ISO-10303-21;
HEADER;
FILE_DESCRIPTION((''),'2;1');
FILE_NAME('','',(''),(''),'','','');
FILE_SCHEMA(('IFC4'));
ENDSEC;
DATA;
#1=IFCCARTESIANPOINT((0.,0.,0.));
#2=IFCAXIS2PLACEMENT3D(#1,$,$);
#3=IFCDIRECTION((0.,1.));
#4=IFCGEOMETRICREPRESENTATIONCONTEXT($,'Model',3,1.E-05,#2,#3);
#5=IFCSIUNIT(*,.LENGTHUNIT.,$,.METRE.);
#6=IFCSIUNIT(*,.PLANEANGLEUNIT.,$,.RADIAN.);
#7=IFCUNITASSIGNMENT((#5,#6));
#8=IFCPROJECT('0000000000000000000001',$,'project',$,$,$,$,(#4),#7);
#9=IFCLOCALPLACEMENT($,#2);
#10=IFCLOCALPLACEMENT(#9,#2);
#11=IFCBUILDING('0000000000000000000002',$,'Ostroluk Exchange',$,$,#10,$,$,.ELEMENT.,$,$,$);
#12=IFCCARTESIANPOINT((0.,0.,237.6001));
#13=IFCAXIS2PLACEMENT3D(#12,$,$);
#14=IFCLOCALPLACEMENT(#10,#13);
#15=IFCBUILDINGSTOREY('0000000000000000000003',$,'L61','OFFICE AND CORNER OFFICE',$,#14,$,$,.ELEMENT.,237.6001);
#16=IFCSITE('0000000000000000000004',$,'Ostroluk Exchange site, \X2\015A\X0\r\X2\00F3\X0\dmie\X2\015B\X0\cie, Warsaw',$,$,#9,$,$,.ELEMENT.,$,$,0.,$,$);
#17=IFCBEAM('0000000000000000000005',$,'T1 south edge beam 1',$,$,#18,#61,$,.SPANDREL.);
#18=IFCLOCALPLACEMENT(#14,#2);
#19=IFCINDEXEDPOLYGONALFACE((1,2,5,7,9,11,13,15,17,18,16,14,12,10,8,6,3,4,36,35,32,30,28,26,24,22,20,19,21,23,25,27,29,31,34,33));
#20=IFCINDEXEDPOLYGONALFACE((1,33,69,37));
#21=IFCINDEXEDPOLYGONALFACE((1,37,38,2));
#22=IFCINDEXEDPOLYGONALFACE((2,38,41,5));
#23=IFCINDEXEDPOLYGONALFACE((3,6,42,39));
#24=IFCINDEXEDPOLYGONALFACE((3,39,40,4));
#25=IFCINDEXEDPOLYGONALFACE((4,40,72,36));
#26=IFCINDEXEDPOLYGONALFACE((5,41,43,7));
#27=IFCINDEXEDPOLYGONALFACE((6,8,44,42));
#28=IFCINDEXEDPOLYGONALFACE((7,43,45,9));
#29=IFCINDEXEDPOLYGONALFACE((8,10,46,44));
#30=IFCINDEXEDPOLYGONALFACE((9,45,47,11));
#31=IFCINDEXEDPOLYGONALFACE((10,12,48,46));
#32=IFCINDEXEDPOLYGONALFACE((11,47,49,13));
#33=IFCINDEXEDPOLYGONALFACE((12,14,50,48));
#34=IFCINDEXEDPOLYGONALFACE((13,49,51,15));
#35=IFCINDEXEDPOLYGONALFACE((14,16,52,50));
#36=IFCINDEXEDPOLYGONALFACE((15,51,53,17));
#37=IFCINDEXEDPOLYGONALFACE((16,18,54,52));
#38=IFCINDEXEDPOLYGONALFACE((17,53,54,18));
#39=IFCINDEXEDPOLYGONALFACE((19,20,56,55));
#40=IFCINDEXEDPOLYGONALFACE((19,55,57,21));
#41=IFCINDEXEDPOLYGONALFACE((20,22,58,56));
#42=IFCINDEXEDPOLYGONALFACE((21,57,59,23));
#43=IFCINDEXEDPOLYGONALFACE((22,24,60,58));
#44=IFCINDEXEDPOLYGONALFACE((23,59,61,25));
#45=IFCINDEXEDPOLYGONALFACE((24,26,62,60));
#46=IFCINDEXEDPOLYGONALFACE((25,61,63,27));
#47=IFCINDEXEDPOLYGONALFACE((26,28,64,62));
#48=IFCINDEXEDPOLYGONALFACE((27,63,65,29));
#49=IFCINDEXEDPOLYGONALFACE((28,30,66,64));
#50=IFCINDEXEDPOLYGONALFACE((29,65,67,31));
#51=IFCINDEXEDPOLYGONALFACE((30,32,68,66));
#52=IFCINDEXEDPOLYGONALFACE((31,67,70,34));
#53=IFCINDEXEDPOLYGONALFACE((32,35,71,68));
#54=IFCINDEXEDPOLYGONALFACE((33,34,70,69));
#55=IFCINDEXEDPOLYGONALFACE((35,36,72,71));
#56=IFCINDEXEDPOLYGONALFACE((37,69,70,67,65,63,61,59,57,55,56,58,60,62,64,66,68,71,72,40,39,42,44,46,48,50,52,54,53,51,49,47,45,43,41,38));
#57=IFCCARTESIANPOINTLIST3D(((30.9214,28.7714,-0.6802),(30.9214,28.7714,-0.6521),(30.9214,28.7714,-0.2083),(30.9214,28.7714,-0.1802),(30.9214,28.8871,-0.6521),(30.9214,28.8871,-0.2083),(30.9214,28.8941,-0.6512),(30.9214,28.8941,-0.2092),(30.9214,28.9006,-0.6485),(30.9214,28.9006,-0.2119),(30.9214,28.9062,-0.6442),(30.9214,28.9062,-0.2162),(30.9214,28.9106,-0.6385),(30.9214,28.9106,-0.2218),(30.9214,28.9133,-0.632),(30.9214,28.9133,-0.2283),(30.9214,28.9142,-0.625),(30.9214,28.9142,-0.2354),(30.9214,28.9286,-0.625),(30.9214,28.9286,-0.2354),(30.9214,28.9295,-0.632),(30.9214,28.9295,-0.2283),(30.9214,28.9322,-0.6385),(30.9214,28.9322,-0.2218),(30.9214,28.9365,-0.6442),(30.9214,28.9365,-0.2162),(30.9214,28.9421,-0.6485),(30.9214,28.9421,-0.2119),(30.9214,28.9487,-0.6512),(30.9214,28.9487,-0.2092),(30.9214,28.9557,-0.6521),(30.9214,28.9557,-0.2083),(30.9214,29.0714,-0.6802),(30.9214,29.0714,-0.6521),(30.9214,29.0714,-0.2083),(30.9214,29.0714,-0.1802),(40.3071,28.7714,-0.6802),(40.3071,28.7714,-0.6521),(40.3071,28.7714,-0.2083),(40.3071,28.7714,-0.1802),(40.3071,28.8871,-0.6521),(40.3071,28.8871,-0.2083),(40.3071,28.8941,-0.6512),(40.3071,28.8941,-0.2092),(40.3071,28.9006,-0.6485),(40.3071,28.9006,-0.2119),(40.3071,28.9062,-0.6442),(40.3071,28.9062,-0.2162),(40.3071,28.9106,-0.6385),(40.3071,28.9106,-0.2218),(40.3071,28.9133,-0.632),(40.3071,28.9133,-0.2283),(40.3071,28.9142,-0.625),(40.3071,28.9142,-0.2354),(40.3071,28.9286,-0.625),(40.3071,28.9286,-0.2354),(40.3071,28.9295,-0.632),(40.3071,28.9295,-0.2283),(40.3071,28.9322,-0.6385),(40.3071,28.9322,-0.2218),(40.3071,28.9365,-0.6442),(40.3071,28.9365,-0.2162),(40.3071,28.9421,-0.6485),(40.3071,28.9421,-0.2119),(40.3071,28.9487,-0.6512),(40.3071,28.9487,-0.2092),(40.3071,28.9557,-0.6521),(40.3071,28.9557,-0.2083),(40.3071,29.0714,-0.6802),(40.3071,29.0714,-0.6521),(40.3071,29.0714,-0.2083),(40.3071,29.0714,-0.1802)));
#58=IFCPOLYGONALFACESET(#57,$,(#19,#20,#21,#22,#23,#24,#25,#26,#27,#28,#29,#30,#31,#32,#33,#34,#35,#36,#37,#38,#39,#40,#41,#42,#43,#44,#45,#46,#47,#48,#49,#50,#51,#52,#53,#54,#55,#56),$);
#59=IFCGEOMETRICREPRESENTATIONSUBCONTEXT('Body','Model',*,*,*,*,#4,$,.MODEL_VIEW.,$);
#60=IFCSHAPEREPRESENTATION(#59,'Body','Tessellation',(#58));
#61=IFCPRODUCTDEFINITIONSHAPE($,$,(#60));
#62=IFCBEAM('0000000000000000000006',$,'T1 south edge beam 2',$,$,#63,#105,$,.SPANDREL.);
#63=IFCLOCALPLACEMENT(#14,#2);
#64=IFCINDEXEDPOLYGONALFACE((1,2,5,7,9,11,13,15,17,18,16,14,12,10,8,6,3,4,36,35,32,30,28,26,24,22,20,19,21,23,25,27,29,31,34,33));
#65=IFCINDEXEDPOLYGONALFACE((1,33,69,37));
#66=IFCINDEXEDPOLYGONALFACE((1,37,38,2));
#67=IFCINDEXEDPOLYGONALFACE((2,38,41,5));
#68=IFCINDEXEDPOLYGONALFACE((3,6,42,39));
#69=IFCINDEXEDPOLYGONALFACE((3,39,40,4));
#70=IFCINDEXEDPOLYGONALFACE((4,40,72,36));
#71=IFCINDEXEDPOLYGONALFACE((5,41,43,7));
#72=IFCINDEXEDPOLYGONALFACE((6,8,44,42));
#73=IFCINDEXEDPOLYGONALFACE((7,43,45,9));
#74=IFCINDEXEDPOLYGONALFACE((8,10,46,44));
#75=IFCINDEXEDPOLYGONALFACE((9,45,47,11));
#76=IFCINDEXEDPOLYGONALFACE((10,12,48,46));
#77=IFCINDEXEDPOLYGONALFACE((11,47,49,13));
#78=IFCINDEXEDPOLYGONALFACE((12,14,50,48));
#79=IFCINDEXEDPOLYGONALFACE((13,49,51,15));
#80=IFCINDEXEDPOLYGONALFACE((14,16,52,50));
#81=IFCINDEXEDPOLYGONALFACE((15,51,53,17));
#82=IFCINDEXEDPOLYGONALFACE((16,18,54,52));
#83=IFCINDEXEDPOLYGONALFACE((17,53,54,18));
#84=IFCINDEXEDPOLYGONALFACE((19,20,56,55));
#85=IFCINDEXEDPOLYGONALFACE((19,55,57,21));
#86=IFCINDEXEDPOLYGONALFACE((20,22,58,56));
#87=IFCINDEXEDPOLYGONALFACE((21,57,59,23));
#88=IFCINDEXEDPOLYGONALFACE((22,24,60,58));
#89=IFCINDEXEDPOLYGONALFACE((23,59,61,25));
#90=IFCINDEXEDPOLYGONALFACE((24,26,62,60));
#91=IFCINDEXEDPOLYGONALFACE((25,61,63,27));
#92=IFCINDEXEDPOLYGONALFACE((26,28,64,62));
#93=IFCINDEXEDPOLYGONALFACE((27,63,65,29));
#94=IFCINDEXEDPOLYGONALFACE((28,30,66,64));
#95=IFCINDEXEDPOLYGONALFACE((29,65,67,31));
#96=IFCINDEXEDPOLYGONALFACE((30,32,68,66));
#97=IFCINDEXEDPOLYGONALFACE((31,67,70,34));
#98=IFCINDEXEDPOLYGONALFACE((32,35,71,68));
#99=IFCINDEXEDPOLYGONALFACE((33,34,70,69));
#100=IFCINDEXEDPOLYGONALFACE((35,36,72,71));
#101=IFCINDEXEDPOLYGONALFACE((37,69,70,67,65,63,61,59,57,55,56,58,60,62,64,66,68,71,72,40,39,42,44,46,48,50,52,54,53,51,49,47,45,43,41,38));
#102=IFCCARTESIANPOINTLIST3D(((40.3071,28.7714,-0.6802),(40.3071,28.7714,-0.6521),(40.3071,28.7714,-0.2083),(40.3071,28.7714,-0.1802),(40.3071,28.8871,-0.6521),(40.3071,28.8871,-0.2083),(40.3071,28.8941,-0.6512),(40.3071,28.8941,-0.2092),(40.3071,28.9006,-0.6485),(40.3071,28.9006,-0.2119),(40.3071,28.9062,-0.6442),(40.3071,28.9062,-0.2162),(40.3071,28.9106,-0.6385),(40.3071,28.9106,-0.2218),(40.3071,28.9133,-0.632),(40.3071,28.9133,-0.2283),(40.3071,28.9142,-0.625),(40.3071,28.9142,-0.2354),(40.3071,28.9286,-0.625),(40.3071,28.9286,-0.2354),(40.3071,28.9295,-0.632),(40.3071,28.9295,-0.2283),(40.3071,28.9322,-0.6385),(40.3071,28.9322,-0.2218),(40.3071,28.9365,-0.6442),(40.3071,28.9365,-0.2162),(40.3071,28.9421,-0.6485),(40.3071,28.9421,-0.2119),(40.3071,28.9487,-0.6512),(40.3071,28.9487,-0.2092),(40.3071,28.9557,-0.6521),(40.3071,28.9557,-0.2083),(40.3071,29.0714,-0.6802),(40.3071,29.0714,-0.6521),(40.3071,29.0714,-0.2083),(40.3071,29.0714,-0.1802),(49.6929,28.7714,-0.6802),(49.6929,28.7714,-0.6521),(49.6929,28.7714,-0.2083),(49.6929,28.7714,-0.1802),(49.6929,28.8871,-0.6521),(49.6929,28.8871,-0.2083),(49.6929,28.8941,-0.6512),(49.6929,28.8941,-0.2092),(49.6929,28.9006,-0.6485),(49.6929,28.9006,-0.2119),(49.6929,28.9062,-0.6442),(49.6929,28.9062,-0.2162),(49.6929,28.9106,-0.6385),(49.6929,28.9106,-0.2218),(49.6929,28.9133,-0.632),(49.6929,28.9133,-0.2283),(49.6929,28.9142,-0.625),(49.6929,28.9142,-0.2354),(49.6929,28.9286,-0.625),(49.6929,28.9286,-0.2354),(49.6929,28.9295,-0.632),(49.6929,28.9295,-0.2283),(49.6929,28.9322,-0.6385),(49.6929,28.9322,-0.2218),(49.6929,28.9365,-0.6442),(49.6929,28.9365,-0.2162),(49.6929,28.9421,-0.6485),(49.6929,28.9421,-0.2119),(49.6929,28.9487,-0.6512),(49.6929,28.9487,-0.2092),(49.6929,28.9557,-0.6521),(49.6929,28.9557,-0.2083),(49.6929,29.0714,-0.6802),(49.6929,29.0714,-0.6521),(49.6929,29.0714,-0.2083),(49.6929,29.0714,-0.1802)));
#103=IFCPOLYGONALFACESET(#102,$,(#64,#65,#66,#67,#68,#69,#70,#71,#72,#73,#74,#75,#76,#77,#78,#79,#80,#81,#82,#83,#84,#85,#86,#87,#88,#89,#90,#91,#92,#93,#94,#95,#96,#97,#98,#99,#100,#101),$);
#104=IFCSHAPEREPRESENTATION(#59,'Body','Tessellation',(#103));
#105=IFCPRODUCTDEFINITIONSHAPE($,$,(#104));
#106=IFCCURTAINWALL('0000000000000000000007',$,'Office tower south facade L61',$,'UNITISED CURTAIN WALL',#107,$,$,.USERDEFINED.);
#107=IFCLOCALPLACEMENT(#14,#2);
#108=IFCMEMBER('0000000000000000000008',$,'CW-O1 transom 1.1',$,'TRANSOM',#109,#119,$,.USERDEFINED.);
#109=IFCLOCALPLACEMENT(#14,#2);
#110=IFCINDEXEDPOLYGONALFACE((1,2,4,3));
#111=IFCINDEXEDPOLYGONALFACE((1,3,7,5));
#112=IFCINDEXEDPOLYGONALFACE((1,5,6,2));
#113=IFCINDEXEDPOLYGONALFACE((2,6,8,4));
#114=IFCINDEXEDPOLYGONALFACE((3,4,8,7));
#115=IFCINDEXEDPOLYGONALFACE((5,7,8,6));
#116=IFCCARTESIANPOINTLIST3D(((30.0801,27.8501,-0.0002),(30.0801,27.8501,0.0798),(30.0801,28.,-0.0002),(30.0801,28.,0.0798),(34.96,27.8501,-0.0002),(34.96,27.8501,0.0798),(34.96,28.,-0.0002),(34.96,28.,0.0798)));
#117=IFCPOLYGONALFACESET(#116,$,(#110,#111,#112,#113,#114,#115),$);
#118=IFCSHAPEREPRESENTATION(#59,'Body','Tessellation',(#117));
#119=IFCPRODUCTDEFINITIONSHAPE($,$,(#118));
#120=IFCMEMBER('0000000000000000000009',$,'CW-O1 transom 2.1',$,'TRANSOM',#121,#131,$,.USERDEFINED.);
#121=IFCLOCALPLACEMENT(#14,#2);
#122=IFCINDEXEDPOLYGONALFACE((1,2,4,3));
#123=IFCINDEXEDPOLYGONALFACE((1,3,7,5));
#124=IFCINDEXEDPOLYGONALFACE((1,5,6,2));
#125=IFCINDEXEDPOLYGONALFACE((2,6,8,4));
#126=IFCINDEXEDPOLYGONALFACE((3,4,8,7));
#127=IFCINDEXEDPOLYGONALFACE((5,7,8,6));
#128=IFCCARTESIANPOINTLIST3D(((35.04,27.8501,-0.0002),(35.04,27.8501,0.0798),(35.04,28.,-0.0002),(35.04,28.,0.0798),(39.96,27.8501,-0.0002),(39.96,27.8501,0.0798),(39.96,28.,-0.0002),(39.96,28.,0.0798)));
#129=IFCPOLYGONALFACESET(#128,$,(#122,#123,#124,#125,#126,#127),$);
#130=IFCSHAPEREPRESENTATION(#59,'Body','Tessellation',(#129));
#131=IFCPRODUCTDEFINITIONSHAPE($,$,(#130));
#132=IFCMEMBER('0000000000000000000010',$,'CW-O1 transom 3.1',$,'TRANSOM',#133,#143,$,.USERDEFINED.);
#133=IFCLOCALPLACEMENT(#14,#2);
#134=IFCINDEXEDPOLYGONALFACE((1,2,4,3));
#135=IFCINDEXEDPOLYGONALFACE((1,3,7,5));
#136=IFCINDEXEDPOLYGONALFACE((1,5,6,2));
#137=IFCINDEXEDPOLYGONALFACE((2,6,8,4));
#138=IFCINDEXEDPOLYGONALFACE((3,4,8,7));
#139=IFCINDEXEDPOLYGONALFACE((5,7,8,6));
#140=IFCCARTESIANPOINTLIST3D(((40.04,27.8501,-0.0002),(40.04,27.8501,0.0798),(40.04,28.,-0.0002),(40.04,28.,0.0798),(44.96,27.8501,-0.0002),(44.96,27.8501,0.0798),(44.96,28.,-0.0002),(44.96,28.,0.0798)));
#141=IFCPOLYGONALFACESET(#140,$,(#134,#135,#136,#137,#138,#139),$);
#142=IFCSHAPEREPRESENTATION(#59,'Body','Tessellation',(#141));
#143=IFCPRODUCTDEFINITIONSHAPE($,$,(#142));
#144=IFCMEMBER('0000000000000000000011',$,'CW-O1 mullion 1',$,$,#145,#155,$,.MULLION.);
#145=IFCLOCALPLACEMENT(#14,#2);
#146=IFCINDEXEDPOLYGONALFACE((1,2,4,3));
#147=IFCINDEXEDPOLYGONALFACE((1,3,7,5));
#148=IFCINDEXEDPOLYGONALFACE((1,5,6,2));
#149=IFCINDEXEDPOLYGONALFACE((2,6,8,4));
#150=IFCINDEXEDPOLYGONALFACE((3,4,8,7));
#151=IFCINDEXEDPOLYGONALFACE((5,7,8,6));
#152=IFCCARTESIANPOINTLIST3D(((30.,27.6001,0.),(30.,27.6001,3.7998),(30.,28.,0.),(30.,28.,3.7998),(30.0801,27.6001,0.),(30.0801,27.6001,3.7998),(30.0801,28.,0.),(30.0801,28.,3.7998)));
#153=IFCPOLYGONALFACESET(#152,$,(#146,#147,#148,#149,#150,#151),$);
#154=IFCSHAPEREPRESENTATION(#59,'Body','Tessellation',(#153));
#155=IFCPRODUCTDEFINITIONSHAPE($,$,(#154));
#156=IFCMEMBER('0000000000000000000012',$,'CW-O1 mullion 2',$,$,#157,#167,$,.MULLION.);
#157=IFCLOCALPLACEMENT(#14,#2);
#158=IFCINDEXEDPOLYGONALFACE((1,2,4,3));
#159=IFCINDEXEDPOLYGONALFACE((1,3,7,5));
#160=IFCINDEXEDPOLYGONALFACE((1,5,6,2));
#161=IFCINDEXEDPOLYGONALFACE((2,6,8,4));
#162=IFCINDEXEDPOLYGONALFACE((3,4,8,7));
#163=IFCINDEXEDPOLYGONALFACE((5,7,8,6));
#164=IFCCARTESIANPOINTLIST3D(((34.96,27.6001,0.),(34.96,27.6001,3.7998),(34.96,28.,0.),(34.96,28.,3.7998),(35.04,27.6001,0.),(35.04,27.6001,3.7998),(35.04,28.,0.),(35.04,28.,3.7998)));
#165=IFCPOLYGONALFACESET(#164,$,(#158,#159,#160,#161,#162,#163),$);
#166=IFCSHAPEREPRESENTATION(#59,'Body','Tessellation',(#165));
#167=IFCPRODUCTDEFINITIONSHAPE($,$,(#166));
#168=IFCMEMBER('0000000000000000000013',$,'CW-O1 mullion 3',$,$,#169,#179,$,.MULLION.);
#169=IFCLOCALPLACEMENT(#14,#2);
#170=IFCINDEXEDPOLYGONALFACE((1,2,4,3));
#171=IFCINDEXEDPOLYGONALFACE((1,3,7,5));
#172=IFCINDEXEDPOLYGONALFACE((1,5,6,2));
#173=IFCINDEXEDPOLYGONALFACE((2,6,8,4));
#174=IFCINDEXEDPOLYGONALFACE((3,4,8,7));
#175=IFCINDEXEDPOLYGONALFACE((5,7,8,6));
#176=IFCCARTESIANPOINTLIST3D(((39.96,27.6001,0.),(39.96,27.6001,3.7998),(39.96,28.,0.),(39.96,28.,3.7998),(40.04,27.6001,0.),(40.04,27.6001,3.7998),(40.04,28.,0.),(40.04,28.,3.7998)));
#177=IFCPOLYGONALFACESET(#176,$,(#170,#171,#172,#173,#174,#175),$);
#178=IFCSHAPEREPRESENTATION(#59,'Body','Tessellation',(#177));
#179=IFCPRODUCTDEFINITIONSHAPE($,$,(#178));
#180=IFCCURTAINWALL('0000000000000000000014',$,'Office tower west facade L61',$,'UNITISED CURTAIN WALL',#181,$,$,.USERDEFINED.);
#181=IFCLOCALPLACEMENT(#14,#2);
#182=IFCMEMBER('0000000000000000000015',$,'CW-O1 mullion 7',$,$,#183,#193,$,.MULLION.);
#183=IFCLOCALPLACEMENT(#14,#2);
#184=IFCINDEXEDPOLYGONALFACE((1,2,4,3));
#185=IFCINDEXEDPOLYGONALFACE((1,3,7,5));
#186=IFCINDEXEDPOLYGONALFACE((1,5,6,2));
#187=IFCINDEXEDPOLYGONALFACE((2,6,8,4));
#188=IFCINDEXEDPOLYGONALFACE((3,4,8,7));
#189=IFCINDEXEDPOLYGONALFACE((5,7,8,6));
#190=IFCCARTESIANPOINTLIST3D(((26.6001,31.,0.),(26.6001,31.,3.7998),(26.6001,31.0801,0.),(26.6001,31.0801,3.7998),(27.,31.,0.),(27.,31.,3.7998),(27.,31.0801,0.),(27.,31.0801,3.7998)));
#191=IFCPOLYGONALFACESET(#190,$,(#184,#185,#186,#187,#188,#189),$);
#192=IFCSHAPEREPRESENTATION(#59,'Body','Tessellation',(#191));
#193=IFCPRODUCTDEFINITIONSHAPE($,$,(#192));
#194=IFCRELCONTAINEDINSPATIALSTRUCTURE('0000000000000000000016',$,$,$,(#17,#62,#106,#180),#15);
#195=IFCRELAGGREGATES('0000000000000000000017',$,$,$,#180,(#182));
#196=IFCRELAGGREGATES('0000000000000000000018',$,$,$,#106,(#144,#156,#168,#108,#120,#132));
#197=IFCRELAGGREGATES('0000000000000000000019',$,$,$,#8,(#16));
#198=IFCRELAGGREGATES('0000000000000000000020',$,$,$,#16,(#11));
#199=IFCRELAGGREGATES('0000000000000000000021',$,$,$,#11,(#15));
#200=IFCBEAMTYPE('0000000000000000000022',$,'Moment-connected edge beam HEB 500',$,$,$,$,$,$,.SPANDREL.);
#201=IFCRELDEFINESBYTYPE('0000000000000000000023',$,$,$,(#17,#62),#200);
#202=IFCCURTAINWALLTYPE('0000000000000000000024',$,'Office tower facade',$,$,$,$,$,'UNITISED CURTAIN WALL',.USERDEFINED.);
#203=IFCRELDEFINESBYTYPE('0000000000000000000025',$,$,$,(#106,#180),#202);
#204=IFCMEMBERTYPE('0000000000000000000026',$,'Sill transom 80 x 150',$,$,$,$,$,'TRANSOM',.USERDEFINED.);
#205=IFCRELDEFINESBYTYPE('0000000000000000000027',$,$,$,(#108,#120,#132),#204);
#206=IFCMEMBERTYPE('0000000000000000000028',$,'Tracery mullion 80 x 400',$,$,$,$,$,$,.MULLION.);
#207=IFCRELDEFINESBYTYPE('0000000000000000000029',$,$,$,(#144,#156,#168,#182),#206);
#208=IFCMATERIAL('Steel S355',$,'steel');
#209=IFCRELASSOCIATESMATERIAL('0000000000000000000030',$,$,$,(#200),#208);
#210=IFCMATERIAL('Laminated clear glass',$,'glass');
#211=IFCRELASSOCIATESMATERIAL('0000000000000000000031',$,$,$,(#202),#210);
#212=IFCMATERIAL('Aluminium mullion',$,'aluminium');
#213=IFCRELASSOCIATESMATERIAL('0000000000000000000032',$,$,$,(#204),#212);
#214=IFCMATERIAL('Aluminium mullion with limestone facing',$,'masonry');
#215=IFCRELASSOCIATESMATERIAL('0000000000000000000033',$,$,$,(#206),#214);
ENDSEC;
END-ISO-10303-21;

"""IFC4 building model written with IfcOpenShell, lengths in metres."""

from ifc_helpers import new_model, si_unit, direction, frame, origin, origin_2d, place, context, subcontext, project, spatial, rectangle, i_section, extrude, material, material_profile, profile_set, type_object, element, aggregate, save


model = new_model("IFC4")

# Units and contexts
model_context = context("Model", 3, precision=1e-05, world=origin(), true_north=direction((0.0, 1.0)))
body_context = subcontext(model_context, "Body", "Model", "MODEL_VIEW")
ifc_project = project(units=[si_unit("LENGTHUNIT", "METRE"), si_unit("PLANEANGLEUNIT", "RADIAN")], contexts=[model_context])

# Site, building, storey
site_placement = place(None, origin())
site = spatial("IfcSite", under=ifc_project, at=site_placement, Name="Ostroluk Exchange site, Śródmieście, Warsaw", CompositionType="ELEMENT", RefElevation=0.0)
building_placement = place(site_placement, origin())
building = spatial("IfcBuilding", under=site, at=building_placement, Name="Ostroluk Exchange", CompositionType="ELEMENT")
storey_placement = place(building_placement, frame((0.0, 0.0, 237.6001)))
storey = spatial("IfcBuildingStorey", under=building, at=storey_placement, Name="L61", Description="OFFICE AND CORNER OFFICE", CompositionType="ELEMENT", Elevation=237.6001)

# Beams
ifc_material_1 = material(Name="Steel S355", Category="steel")
ifc_material_profile_1 = material_profile(ifc_material_1, i_section(OverallWidth=0.3, OverallDepth=0.5, WebThickness=0.0144, FlangeThickness=0.0281, FilletRadius=0.0271, at=origin_2d()), Name="HEB 500")
ifc_profile_set_1 = profile_set([ifc_material_profile_1], Name="Steel S355")
beam_type_1 = type_object("IfcBeamType", Name="Moment-connected edge beam HEB 500", PredefinedType="SPANDREL", material=ifc_profile_set_1)
for number, where, z_axis, x_axis, name in (
    (1, (30.9214, 28.9214, -0.4302), (1.0, 0.0, 0.0), (0.0, 1.0, 0.0), "T1 south edge beam 1"),
    (2, (40.3071, 28.9214, -0.4302), (1.0, 0.0, 0.0), (0.0, 1.0, 0.0), "T1 south edge beam 2"),
):
    element("IfcBeam", number, at=place(storey_placement, frame(where, z_axis=z_axis, x_axis=x_axis)), inside=storey, type_object=beam_type_1, Name=name, PredefinedType="SPANDREL", context=body_context, shape_type="SweptSolid", body=[
        extrude(i_section(OverallWidth=0.3, OverallDepth=0.5, WebThickness=0.0144, FlangeThickness=0.0281, FilletRadius=0.0271, at=origin_2d()), origin(), (0.0, 0.0, 1.0), 9.3857),
    ])

# Curtain wall, members
ifc_material_2 = material(Name="Laminated clear glass", Category="glass")
curtain_wall_type = type_object("IfcCurtainWallType", Name="Office tower facade", ElementType="UNITISED CURTAIN WALL", PredefinedType="USERDEFINED", material=ifc_material_2)
curtain_wall_1_placement = place(storey_placement, origin())
curtain_wall_1 = element("IfcCurtainWall", 3, at=curtain_wall_1_placement, inside=storey, type_object=curtain_wall_type, Name="Office tower south facade L61", ObjectType="UNITISED CURTAIN WALL", PredefinedType="USERDEFINED")
ifc_material_3 = material(Name="Aluminium mullion", Category="aluminium")
ifc_material_profile_2 = material_profile(ifc_material_3, rectangle(XDim=0.1499, YDim=0.0801, at=origin_2d()), Name="Sill transom 80 x 150")
ifc_profile_set_2 = profile_set([ifc_material_profile_2], Name="Aluminium mullion")
member_type_1 = type_object("IfcMemberType", Name="Sill transom 80 x 150", ElementType="TRANSOM", PredefinedType="USERDEFINED", material=ifc_profile_set_2)
member_1_placement = place(storey_placement, frame((30.0801, 27.925, 0.0398), z_axis=(1.0, 0.0, 0.0), x_axis=(0.0, 1.0, 0.0)))
member_1 = element("IfcMember", 4, at=member_1_placement, type_object=member_type_1, Name="CW-O1 transom 1.1", ObjectType="TRANSOM", PredefinedType="USERDEFINED", context=body_context, shape_type="SweptSolid", body=[
    extrude(rectangle(XDim=0.1499, YDim=0.0801, at=origin_2d()), origin(), (0.0, 0.0, 1.0), 4.8799),
])
member_2_placement = place(storey_placement, frame((35.04, 27.925, 0.0398), z_axis=(1.0, 0.0, 0.0), x_axis=(0.0, 1.0, 0.0)))
member_2 = element("IfcMember", 5, at=member_2_placement, type_object=member_type_1, Name="CW-O1 transom 2.1", ObjectType="TRANSOM", PredefinedType="USERDEFINED", context=body_context, shape_type="SweptSolid", body=[
    extrude(rectangle(XDim=0.1499, YDim=0.0801, at=origin_2d()), origin(), (0.0, 0.0, 1.0), 4.9199),
])
member_3_placement = place(storey_placement, frame((40.04, 27.925, 0.0398), z_axis=(1.0, 0.0, 0.0), x_axis=(0.0, 1.0, 0.0)))
member_3 = element("IfcMember", 6, at=member_3_placement, type_object=member_type_1, Name="CW-O1 transom 3.1", ObjectType="TRANSOM", PredefinedType="USERDEFINED", context=body_context, shape_type="SweptSolid", body=[
    extrude(rectangle(XDim=0.1499, YDim=0.0801, at=origin_2d()), origin(), (0.0, 0.0, 1.0), 4.9199),
])
ifc_material_4 = material(Name="Aluminium mullion with limestone facing", Category="masonry")
ifc_material_profile_3 = material_profile(ifc_material_4, rectangle(XDim=0.3999, YDim=0.0801, at=origin_2d()), Name="Tracery mullion 80 x 400")
ifc_profile_set_3 = profile_set([ifc_material_profile_3], Name="Aluminium mullion with limestone facing")
member_type_2 = type_object("IfcMemberType", Name="Tracery mullion 80 x 400", PredefinedType="MULLION", material=ifc_profile_set_3)
member_4_placement = place(storey_placement, frame((30.04, 27.8, 0.0), z_axis=(0.0, 0.0, 1.0), x_axis=(0.0, 1.0, 0.0)))
member_4 = element("IfcMember", 7, at=member_4_placement, type_object=member_type_2, Name="CW-O1 mullion 1", PredefinedType="MULLION", context=body_context, shape_type="SweptSolid", body=[
    extrude(rectangle(XDim=0.3999, YDim=0.0801, at=origin_2d()), origin(), (0.0, 0.0, 1.0), 3.7998),
])
member_5_placement = place(storey_placement, frame((35.0, 27.8, 0.0), z_axis=(0.0, 0.0, 1.0), x_axis=(0.0, 1.0, 0.0)))
member_5 = element("IfcMember", 8, at=member_5_placement, type_object=member_type_2, Name="CW-O1 mullion 2", PredefinedType="MULLION", context=body_context, shape_type="SweptSolid", body=[
    extrude(rectangle(XDim=0.3999, YDim=0.0801, at=origin_2d()), origin(), (0.0, 0.0, 1.0), 3.7998),
])
member_6_placement = place(storey_placement, frame((40.0, 27.8, 0.0), z_axis=(0.0, 0.0, 1.0), x_axis=(0.0, 1.0, 0.0)))
member_6 = element("IfcMember", 9, at=member_6_placement, type_object=member_type_2, Name="CW-O1 mullion 3", PredefinedType="MULLION", context=body_context, shape_type="SweptSolid", body=[
    extrude(rectangle(XDim=0.3999, YDim=0.0801, at=origin_2d()), origin(), (0.0, 0.0, 1.0), 3.7998),
])

# Curtain wall, member
curtain_wall_2_placement = place(storey_placement, origin())
curtain_wall_2 = element("IfcCurtainWall", 10, at=curtain_wall_2_placement, inside=storey, type_object=curtain_wall_type, Name="Office tower west facade L61", ObjectType="UNITISED CURTAIN WALL", PredefinedType="USERDEFINED")
member_7_placement = place(storey_placement, frame((26.8, 31.04, 0.0), z_axis=(0.0, 0.0, 1.0), x_axis=(1.0, 0.0, 0.0)))
member_7 = element("IfcMember", 11, at=member_7_placement, type_object=member_type_2, Name="CW-O1 mullion 7", PredefinedType="MULLION", context=body_context, shape_type="SweptSolid", body=[
    extrude(rectangle(XDim=0.3999, YDim=0.0801, at=origin_2d()), origin(), (0.0, 0.0, 1.0), 3.7998),
])
aggregate(curtain_wall_2, [member_7])

aggregate(curtain_wall_1, [member_4, member_5, member_6, member_1, member_2, member_3])

save(model, "model.ifc")
